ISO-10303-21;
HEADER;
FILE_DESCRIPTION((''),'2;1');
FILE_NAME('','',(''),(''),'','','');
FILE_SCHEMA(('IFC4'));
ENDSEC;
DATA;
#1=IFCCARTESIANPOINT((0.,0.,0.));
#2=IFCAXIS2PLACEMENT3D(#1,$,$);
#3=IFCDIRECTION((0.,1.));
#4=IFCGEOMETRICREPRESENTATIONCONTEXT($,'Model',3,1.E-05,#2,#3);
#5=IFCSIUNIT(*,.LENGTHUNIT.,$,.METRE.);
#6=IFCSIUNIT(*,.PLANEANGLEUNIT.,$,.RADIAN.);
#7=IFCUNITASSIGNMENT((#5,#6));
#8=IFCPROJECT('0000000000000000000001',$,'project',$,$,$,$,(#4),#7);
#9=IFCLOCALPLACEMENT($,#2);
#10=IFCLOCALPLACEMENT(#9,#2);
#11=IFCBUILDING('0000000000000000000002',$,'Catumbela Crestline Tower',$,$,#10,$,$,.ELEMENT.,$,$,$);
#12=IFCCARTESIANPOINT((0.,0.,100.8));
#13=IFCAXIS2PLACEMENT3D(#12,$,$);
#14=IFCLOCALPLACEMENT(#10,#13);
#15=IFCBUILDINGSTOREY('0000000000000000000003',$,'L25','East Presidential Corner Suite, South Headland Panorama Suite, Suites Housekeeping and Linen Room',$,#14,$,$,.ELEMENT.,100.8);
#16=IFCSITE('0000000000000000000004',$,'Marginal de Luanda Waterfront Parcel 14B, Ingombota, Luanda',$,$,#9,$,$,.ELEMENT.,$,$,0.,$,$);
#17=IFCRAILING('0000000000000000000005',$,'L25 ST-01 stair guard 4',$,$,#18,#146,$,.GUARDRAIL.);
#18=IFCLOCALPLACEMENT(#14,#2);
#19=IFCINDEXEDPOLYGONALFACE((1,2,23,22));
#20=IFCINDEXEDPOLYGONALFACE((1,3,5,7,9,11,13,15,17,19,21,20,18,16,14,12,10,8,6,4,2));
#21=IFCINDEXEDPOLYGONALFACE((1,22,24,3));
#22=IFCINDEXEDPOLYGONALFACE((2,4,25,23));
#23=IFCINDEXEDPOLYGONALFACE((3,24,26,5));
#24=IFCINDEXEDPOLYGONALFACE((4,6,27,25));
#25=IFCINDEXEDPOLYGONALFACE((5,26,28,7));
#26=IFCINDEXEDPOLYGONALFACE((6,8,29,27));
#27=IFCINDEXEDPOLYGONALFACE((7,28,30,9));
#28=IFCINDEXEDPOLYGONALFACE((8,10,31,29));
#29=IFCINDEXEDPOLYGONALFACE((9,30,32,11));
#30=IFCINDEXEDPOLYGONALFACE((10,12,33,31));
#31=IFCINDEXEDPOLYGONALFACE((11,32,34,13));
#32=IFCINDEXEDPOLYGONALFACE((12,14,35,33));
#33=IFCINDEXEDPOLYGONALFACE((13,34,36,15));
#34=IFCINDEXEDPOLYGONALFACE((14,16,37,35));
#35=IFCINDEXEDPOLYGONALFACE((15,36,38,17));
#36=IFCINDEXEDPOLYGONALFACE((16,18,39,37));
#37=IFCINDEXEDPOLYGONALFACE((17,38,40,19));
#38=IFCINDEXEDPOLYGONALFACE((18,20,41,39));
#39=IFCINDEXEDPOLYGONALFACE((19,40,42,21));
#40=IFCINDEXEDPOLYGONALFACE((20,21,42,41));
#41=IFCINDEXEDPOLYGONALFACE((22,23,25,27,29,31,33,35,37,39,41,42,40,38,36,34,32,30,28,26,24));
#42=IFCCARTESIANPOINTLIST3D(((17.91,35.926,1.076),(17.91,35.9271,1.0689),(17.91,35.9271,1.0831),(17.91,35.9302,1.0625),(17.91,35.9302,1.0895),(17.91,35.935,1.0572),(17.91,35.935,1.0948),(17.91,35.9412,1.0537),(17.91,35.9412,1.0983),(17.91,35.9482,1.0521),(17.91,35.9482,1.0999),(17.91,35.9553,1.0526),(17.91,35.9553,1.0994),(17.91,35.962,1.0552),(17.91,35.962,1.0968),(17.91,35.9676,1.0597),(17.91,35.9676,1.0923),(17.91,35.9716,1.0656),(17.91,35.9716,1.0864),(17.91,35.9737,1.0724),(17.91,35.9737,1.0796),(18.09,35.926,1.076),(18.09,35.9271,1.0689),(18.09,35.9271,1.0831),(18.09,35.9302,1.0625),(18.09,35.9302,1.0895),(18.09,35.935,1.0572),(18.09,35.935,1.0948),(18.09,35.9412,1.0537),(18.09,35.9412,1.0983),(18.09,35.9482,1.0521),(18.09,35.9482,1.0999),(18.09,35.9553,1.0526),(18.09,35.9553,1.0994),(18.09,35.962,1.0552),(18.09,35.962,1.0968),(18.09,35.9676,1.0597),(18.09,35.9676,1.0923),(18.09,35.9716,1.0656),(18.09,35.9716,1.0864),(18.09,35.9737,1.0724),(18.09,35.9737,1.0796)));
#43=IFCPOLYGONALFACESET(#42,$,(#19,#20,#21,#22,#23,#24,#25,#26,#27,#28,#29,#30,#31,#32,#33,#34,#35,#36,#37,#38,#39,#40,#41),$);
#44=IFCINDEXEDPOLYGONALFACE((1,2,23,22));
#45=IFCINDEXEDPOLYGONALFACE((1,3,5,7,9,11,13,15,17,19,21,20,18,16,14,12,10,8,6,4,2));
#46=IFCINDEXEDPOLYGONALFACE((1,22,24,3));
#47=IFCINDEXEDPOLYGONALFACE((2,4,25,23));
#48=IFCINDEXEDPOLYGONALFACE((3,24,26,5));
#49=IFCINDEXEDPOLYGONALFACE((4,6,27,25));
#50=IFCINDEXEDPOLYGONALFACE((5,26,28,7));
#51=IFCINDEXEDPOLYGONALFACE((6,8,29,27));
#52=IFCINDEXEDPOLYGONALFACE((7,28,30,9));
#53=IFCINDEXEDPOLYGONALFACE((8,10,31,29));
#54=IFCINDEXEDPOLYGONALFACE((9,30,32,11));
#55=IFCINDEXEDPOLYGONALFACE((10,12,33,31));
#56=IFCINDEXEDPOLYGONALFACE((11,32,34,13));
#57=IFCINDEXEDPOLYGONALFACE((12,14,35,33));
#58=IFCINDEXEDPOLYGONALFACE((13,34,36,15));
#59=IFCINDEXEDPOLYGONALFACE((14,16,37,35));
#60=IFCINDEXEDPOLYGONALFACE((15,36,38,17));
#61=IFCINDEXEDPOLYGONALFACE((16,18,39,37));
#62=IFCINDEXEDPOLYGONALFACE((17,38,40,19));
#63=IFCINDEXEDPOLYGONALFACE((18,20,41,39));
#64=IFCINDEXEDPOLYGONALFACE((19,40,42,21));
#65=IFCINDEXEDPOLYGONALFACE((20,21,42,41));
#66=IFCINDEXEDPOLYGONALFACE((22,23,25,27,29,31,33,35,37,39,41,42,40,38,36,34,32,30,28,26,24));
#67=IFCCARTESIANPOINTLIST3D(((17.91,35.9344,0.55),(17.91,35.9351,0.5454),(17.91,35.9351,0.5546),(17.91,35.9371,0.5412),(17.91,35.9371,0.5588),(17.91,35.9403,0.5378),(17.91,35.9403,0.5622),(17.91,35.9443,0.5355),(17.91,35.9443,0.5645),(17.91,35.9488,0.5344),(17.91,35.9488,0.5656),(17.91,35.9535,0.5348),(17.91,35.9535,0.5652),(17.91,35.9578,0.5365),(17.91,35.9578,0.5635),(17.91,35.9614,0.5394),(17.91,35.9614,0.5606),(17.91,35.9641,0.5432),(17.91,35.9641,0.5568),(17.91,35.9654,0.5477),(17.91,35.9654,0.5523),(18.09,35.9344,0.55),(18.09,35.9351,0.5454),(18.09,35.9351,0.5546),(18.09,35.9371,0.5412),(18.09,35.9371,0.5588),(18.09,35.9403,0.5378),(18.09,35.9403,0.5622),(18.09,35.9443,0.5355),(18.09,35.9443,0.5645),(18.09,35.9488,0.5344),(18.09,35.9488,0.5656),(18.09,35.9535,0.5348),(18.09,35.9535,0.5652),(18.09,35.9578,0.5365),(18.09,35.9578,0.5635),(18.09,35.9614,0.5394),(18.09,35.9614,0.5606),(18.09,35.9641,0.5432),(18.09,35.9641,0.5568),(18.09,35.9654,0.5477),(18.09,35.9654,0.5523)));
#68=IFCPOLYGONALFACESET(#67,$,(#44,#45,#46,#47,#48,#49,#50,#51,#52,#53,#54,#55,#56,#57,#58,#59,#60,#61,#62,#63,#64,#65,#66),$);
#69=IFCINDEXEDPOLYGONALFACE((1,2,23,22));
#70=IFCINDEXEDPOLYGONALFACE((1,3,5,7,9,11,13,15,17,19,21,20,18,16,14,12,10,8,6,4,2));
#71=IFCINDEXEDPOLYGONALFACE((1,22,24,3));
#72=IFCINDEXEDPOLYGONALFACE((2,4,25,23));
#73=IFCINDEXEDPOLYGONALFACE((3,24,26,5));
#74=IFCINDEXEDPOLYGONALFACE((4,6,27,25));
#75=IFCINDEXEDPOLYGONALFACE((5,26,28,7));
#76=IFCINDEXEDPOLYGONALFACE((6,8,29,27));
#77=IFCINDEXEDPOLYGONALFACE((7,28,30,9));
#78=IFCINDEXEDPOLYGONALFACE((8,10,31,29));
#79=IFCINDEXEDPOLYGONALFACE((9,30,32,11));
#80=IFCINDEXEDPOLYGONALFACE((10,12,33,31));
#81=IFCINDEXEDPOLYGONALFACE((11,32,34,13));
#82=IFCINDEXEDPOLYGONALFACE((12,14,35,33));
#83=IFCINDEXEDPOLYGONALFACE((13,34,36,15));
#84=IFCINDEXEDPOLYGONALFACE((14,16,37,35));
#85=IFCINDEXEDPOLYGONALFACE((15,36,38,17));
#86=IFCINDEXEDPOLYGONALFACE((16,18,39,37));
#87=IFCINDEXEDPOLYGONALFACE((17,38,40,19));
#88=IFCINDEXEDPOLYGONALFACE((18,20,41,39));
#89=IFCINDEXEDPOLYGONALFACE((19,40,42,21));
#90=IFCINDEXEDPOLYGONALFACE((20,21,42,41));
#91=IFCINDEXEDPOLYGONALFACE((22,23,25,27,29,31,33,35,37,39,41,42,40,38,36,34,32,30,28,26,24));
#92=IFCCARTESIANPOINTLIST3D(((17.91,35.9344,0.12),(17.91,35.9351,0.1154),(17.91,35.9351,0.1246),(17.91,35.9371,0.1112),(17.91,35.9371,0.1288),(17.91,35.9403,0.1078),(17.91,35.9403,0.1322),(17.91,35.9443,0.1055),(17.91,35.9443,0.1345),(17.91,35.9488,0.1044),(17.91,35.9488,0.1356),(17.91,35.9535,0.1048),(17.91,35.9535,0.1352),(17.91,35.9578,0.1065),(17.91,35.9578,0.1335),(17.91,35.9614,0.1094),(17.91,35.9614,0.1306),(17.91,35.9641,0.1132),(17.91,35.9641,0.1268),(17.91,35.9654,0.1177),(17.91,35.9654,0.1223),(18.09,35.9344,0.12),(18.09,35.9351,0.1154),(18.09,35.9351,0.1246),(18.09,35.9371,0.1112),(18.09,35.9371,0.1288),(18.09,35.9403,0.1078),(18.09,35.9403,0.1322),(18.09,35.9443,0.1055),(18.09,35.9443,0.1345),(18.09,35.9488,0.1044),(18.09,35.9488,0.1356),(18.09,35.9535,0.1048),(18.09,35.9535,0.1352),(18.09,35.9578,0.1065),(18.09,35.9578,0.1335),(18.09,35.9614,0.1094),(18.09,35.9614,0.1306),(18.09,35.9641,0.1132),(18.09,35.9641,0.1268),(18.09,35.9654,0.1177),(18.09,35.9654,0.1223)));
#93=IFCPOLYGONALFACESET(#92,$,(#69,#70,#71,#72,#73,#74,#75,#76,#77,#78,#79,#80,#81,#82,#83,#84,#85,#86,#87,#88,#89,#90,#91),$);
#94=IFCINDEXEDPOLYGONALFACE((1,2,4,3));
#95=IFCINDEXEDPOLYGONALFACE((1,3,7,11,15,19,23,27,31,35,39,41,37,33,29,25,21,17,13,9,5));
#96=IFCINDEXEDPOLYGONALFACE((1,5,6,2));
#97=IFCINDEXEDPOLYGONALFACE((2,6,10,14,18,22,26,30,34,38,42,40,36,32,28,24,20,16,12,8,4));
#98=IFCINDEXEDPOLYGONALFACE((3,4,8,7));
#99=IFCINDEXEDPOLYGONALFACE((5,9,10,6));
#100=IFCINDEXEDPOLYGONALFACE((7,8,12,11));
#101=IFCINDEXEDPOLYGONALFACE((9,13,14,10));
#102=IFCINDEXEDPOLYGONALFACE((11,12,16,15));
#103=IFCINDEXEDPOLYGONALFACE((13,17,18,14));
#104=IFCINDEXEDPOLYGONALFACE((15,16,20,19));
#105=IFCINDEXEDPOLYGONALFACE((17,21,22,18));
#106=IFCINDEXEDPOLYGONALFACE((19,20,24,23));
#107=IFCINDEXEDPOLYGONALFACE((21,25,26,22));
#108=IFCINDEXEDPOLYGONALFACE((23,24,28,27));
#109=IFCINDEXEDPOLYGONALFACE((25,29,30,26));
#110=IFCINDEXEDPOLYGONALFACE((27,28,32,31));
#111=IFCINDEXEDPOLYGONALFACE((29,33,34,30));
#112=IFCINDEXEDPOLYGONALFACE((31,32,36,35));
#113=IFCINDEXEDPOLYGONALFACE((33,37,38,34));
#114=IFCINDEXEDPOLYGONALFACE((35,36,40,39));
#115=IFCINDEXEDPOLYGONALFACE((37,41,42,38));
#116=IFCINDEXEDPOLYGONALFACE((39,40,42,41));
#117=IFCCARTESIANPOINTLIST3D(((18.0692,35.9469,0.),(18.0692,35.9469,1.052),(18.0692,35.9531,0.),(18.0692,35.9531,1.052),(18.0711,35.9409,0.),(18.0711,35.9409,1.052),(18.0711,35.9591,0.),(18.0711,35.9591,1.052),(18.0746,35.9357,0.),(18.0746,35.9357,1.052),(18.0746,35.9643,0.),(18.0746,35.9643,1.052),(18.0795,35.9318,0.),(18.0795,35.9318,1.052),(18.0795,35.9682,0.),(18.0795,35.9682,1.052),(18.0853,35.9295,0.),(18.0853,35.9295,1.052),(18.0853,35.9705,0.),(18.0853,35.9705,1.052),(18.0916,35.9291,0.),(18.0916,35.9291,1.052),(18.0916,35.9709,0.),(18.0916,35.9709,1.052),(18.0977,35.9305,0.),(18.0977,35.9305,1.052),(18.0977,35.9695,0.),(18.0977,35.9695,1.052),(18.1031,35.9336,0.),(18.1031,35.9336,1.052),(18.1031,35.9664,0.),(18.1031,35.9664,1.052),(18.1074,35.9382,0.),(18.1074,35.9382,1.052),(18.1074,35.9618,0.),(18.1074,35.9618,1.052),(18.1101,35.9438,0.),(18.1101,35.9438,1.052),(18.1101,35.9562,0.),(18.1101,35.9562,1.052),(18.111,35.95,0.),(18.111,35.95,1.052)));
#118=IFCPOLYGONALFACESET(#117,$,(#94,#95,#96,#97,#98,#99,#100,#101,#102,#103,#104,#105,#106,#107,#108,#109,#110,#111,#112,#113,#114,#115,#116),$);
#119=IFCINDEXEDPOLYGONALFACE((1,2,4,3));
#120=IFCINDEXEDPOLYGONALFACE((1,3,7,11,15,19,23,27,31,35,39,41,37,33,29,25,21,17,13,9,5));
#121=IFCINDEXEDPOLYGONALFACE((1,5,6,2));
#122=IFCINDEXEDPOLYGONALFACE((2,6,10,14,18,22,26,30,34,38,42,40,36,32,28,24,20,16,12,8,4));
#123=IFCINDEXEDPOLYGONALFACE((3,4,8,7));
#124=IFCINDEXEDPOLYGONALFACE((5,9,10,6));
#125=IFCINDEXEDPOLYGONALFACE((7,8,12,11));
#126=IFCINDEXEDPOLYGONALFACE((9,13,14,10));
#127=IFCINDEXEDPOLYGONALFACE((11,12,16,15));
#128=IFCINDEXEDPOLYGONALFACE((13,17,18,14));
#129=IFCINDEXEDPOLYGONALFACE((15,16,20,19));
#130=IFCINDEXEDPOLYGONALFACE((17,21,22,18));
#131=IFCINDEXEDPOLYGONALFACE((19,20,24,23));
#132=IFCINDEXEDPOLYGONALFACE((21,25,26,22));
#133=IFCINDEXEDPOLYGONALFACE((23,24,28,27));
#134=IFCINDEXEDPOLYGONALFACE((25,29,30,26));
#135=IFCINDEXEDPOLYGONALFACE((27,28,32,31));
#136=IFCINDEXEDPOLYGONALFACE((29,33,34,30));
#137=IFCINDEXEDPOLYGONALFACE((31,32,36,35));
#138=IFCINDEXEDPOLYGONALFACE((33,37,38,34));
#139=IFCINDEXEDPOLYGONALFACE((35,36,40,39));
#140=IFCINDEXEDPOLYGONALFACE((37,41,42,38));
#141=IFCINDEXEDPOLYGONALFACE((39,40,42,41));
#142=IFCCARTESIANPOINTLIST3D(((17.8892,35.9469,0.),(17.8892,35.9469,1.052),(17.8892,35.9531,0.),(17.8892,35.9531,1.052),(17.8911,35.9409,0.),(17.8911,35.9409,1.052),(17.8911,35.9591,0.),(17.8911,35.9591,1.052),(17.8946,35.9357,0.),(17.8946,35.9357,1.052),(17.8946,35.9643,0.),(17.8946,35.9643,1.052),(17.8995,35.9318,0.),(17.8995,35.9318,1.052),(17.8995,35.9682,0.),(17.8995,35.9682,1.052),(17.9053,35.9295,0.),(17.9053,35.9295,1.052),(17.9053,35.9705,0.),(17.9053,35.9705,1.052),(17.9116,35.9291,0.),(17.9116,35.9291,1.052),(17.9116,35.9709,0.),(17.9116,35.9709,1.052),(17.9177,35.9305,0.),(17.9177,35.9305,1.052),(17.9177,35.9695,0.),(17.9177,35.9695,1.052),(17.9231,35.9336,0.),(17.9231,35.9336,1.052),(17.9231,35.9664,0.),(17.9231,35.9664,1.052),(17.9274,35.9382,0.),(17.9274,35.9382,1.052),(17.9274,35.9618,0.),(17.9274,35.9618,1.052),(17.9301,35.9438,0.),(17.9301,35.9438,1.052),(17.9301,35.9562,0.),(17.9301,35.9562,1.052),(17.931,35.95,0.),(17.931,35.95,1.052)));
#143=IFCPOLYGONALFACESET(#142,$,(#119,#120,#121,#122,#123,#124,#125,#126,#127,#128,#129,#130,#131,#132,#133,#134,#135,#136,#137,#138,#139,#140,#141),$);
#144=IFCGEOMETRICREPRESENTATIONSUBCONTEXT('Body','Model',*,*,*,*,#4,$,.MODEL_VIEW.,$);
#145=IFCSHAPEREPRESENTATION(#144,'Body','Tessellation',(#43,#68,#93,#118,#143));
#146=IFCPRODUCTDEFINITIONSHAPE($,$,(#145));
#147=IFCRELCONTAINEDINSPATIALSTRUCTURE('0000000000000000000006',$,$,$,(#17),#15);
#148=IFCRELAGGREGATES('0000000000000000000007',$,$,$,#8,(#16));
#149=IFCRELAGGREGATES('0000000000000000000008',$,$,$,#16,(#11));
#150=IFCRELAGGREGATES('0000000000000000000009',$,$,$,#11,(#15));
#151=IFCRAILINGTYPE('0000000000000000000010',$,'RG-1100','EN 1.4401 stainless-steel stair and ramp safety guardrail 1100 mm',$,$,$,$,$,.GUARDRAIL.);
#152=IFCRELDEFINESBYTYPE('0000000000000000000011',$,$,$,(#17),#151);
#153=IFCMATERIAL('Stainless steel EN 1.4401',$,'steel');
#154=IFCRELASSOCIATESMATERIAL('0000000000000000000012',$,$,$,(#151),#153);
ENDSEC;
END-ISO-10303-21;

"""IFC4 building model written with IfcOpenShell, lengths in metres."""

from ifc_helpers import new_model, si_unit, direction, frame, origin, origin_2d, place, context, subcontext, project, spatial, circle, extrude, material, type_object, element, save


model = new_model("IFC4")

# Units and contexts
model_context = context("Model", 3, precision=1e-05, world=origin(), true_north=direction((0.0, 1.0)))
body_context = subcontext(model_context, "Body", "Model", "MODEL_VIEW")
ifc_project = project(units=[si_unit("LENGTHUNIT", "METRE"), si_unit("PLANEANGLEUNIT", "RADIAN")], contexts=[model_context])

# Site, building, storey
site_placement = place(None, origin())
site = spatial("IfcSite", under=ifc_project, at=site_placement, Name="Marginal de Luanda Waterfront Parcel 14B, Ingombota, Luanda", CompositionType="ELEMENT", RefElevation=0.0)
building_placement = place(site_placement, origin())
building = spatial("IfcBuilding", under=site, at=building_placement, Name="Catumbela Crestline Tower", CompositionType="ELEMENT")
storey_placement = place(building_placement, frame((0.0, 0.0, 100.8)))
storey = spatial("IfcBuildingStorey", under=building, at=storey_placement, Name="L25", Description="East Presidential Corner Suite, South Headland Panorama Suite, Suites Housekeeping and Linen Room", CompositionType="ELEMENT", Elevation=100.8)

# Railing
ifc_material_1 = material(Name="Stainless steel EN 1.4401", Category="steel")
railing_type_1 = type_object("IfcRailingType", Name="RG-1100", Description="EN 1.4401 stainless-steel stair and ramp safety guardrail 1100 mm", PredefinedType="GUARDRAIL", material=ifc_material_1)
railing_1_placement = place(storey_placement, frame((18.09, 35.95, 0.0)))
element("IfcRailing", 1, at=railing_1_placement, inside=storey, type_object=railing_type_1, Name="L25 ST-01 stair guard 4", PredefinedType="GUARDRAIL", context=body_context, shape_type="SweptSolid", body=[
    extrude(circle(Radius=0.024, at=origin_2d()), frame((0.0, 0.0, 1.076), z_axis=(-1.0, 0.0, 0.0), x_axis=(0.0, -1.0, 0.0)), (0.0, 0.0, 1.0), 0.18),
    extrude(circle(Radius=0.0156, at=origin_2d()), frame((0.0, 0.0, 0.55), z_axis=(-1.0, 0.0, 0.0), x_axis=(0.0, -1.0, 0.0)), (0.0, 0.0, 1.0), 0.18),
    extrude(circle(Radius=0.0156, at=origin_2d()), frame((0.0, 0.0, 0.12), z_axis=(-1.0, 0.0, 0.0), x_axis=(0.0, -1.0, 0.0)), (0.0, 0.0, 1.0), 0.18),
    extrude(circle(Radius=0.021, at=origin_2d()), origin(), (0.0, 0.0, 1.0), 1.052),
    extrude(circle(Radius=0.021, at=origin_2d()), frame((-0.18, 0.0, 0.0)), (0.0, 0.0, 1.0), 1.052),
])

save(model, "model.ifc")
